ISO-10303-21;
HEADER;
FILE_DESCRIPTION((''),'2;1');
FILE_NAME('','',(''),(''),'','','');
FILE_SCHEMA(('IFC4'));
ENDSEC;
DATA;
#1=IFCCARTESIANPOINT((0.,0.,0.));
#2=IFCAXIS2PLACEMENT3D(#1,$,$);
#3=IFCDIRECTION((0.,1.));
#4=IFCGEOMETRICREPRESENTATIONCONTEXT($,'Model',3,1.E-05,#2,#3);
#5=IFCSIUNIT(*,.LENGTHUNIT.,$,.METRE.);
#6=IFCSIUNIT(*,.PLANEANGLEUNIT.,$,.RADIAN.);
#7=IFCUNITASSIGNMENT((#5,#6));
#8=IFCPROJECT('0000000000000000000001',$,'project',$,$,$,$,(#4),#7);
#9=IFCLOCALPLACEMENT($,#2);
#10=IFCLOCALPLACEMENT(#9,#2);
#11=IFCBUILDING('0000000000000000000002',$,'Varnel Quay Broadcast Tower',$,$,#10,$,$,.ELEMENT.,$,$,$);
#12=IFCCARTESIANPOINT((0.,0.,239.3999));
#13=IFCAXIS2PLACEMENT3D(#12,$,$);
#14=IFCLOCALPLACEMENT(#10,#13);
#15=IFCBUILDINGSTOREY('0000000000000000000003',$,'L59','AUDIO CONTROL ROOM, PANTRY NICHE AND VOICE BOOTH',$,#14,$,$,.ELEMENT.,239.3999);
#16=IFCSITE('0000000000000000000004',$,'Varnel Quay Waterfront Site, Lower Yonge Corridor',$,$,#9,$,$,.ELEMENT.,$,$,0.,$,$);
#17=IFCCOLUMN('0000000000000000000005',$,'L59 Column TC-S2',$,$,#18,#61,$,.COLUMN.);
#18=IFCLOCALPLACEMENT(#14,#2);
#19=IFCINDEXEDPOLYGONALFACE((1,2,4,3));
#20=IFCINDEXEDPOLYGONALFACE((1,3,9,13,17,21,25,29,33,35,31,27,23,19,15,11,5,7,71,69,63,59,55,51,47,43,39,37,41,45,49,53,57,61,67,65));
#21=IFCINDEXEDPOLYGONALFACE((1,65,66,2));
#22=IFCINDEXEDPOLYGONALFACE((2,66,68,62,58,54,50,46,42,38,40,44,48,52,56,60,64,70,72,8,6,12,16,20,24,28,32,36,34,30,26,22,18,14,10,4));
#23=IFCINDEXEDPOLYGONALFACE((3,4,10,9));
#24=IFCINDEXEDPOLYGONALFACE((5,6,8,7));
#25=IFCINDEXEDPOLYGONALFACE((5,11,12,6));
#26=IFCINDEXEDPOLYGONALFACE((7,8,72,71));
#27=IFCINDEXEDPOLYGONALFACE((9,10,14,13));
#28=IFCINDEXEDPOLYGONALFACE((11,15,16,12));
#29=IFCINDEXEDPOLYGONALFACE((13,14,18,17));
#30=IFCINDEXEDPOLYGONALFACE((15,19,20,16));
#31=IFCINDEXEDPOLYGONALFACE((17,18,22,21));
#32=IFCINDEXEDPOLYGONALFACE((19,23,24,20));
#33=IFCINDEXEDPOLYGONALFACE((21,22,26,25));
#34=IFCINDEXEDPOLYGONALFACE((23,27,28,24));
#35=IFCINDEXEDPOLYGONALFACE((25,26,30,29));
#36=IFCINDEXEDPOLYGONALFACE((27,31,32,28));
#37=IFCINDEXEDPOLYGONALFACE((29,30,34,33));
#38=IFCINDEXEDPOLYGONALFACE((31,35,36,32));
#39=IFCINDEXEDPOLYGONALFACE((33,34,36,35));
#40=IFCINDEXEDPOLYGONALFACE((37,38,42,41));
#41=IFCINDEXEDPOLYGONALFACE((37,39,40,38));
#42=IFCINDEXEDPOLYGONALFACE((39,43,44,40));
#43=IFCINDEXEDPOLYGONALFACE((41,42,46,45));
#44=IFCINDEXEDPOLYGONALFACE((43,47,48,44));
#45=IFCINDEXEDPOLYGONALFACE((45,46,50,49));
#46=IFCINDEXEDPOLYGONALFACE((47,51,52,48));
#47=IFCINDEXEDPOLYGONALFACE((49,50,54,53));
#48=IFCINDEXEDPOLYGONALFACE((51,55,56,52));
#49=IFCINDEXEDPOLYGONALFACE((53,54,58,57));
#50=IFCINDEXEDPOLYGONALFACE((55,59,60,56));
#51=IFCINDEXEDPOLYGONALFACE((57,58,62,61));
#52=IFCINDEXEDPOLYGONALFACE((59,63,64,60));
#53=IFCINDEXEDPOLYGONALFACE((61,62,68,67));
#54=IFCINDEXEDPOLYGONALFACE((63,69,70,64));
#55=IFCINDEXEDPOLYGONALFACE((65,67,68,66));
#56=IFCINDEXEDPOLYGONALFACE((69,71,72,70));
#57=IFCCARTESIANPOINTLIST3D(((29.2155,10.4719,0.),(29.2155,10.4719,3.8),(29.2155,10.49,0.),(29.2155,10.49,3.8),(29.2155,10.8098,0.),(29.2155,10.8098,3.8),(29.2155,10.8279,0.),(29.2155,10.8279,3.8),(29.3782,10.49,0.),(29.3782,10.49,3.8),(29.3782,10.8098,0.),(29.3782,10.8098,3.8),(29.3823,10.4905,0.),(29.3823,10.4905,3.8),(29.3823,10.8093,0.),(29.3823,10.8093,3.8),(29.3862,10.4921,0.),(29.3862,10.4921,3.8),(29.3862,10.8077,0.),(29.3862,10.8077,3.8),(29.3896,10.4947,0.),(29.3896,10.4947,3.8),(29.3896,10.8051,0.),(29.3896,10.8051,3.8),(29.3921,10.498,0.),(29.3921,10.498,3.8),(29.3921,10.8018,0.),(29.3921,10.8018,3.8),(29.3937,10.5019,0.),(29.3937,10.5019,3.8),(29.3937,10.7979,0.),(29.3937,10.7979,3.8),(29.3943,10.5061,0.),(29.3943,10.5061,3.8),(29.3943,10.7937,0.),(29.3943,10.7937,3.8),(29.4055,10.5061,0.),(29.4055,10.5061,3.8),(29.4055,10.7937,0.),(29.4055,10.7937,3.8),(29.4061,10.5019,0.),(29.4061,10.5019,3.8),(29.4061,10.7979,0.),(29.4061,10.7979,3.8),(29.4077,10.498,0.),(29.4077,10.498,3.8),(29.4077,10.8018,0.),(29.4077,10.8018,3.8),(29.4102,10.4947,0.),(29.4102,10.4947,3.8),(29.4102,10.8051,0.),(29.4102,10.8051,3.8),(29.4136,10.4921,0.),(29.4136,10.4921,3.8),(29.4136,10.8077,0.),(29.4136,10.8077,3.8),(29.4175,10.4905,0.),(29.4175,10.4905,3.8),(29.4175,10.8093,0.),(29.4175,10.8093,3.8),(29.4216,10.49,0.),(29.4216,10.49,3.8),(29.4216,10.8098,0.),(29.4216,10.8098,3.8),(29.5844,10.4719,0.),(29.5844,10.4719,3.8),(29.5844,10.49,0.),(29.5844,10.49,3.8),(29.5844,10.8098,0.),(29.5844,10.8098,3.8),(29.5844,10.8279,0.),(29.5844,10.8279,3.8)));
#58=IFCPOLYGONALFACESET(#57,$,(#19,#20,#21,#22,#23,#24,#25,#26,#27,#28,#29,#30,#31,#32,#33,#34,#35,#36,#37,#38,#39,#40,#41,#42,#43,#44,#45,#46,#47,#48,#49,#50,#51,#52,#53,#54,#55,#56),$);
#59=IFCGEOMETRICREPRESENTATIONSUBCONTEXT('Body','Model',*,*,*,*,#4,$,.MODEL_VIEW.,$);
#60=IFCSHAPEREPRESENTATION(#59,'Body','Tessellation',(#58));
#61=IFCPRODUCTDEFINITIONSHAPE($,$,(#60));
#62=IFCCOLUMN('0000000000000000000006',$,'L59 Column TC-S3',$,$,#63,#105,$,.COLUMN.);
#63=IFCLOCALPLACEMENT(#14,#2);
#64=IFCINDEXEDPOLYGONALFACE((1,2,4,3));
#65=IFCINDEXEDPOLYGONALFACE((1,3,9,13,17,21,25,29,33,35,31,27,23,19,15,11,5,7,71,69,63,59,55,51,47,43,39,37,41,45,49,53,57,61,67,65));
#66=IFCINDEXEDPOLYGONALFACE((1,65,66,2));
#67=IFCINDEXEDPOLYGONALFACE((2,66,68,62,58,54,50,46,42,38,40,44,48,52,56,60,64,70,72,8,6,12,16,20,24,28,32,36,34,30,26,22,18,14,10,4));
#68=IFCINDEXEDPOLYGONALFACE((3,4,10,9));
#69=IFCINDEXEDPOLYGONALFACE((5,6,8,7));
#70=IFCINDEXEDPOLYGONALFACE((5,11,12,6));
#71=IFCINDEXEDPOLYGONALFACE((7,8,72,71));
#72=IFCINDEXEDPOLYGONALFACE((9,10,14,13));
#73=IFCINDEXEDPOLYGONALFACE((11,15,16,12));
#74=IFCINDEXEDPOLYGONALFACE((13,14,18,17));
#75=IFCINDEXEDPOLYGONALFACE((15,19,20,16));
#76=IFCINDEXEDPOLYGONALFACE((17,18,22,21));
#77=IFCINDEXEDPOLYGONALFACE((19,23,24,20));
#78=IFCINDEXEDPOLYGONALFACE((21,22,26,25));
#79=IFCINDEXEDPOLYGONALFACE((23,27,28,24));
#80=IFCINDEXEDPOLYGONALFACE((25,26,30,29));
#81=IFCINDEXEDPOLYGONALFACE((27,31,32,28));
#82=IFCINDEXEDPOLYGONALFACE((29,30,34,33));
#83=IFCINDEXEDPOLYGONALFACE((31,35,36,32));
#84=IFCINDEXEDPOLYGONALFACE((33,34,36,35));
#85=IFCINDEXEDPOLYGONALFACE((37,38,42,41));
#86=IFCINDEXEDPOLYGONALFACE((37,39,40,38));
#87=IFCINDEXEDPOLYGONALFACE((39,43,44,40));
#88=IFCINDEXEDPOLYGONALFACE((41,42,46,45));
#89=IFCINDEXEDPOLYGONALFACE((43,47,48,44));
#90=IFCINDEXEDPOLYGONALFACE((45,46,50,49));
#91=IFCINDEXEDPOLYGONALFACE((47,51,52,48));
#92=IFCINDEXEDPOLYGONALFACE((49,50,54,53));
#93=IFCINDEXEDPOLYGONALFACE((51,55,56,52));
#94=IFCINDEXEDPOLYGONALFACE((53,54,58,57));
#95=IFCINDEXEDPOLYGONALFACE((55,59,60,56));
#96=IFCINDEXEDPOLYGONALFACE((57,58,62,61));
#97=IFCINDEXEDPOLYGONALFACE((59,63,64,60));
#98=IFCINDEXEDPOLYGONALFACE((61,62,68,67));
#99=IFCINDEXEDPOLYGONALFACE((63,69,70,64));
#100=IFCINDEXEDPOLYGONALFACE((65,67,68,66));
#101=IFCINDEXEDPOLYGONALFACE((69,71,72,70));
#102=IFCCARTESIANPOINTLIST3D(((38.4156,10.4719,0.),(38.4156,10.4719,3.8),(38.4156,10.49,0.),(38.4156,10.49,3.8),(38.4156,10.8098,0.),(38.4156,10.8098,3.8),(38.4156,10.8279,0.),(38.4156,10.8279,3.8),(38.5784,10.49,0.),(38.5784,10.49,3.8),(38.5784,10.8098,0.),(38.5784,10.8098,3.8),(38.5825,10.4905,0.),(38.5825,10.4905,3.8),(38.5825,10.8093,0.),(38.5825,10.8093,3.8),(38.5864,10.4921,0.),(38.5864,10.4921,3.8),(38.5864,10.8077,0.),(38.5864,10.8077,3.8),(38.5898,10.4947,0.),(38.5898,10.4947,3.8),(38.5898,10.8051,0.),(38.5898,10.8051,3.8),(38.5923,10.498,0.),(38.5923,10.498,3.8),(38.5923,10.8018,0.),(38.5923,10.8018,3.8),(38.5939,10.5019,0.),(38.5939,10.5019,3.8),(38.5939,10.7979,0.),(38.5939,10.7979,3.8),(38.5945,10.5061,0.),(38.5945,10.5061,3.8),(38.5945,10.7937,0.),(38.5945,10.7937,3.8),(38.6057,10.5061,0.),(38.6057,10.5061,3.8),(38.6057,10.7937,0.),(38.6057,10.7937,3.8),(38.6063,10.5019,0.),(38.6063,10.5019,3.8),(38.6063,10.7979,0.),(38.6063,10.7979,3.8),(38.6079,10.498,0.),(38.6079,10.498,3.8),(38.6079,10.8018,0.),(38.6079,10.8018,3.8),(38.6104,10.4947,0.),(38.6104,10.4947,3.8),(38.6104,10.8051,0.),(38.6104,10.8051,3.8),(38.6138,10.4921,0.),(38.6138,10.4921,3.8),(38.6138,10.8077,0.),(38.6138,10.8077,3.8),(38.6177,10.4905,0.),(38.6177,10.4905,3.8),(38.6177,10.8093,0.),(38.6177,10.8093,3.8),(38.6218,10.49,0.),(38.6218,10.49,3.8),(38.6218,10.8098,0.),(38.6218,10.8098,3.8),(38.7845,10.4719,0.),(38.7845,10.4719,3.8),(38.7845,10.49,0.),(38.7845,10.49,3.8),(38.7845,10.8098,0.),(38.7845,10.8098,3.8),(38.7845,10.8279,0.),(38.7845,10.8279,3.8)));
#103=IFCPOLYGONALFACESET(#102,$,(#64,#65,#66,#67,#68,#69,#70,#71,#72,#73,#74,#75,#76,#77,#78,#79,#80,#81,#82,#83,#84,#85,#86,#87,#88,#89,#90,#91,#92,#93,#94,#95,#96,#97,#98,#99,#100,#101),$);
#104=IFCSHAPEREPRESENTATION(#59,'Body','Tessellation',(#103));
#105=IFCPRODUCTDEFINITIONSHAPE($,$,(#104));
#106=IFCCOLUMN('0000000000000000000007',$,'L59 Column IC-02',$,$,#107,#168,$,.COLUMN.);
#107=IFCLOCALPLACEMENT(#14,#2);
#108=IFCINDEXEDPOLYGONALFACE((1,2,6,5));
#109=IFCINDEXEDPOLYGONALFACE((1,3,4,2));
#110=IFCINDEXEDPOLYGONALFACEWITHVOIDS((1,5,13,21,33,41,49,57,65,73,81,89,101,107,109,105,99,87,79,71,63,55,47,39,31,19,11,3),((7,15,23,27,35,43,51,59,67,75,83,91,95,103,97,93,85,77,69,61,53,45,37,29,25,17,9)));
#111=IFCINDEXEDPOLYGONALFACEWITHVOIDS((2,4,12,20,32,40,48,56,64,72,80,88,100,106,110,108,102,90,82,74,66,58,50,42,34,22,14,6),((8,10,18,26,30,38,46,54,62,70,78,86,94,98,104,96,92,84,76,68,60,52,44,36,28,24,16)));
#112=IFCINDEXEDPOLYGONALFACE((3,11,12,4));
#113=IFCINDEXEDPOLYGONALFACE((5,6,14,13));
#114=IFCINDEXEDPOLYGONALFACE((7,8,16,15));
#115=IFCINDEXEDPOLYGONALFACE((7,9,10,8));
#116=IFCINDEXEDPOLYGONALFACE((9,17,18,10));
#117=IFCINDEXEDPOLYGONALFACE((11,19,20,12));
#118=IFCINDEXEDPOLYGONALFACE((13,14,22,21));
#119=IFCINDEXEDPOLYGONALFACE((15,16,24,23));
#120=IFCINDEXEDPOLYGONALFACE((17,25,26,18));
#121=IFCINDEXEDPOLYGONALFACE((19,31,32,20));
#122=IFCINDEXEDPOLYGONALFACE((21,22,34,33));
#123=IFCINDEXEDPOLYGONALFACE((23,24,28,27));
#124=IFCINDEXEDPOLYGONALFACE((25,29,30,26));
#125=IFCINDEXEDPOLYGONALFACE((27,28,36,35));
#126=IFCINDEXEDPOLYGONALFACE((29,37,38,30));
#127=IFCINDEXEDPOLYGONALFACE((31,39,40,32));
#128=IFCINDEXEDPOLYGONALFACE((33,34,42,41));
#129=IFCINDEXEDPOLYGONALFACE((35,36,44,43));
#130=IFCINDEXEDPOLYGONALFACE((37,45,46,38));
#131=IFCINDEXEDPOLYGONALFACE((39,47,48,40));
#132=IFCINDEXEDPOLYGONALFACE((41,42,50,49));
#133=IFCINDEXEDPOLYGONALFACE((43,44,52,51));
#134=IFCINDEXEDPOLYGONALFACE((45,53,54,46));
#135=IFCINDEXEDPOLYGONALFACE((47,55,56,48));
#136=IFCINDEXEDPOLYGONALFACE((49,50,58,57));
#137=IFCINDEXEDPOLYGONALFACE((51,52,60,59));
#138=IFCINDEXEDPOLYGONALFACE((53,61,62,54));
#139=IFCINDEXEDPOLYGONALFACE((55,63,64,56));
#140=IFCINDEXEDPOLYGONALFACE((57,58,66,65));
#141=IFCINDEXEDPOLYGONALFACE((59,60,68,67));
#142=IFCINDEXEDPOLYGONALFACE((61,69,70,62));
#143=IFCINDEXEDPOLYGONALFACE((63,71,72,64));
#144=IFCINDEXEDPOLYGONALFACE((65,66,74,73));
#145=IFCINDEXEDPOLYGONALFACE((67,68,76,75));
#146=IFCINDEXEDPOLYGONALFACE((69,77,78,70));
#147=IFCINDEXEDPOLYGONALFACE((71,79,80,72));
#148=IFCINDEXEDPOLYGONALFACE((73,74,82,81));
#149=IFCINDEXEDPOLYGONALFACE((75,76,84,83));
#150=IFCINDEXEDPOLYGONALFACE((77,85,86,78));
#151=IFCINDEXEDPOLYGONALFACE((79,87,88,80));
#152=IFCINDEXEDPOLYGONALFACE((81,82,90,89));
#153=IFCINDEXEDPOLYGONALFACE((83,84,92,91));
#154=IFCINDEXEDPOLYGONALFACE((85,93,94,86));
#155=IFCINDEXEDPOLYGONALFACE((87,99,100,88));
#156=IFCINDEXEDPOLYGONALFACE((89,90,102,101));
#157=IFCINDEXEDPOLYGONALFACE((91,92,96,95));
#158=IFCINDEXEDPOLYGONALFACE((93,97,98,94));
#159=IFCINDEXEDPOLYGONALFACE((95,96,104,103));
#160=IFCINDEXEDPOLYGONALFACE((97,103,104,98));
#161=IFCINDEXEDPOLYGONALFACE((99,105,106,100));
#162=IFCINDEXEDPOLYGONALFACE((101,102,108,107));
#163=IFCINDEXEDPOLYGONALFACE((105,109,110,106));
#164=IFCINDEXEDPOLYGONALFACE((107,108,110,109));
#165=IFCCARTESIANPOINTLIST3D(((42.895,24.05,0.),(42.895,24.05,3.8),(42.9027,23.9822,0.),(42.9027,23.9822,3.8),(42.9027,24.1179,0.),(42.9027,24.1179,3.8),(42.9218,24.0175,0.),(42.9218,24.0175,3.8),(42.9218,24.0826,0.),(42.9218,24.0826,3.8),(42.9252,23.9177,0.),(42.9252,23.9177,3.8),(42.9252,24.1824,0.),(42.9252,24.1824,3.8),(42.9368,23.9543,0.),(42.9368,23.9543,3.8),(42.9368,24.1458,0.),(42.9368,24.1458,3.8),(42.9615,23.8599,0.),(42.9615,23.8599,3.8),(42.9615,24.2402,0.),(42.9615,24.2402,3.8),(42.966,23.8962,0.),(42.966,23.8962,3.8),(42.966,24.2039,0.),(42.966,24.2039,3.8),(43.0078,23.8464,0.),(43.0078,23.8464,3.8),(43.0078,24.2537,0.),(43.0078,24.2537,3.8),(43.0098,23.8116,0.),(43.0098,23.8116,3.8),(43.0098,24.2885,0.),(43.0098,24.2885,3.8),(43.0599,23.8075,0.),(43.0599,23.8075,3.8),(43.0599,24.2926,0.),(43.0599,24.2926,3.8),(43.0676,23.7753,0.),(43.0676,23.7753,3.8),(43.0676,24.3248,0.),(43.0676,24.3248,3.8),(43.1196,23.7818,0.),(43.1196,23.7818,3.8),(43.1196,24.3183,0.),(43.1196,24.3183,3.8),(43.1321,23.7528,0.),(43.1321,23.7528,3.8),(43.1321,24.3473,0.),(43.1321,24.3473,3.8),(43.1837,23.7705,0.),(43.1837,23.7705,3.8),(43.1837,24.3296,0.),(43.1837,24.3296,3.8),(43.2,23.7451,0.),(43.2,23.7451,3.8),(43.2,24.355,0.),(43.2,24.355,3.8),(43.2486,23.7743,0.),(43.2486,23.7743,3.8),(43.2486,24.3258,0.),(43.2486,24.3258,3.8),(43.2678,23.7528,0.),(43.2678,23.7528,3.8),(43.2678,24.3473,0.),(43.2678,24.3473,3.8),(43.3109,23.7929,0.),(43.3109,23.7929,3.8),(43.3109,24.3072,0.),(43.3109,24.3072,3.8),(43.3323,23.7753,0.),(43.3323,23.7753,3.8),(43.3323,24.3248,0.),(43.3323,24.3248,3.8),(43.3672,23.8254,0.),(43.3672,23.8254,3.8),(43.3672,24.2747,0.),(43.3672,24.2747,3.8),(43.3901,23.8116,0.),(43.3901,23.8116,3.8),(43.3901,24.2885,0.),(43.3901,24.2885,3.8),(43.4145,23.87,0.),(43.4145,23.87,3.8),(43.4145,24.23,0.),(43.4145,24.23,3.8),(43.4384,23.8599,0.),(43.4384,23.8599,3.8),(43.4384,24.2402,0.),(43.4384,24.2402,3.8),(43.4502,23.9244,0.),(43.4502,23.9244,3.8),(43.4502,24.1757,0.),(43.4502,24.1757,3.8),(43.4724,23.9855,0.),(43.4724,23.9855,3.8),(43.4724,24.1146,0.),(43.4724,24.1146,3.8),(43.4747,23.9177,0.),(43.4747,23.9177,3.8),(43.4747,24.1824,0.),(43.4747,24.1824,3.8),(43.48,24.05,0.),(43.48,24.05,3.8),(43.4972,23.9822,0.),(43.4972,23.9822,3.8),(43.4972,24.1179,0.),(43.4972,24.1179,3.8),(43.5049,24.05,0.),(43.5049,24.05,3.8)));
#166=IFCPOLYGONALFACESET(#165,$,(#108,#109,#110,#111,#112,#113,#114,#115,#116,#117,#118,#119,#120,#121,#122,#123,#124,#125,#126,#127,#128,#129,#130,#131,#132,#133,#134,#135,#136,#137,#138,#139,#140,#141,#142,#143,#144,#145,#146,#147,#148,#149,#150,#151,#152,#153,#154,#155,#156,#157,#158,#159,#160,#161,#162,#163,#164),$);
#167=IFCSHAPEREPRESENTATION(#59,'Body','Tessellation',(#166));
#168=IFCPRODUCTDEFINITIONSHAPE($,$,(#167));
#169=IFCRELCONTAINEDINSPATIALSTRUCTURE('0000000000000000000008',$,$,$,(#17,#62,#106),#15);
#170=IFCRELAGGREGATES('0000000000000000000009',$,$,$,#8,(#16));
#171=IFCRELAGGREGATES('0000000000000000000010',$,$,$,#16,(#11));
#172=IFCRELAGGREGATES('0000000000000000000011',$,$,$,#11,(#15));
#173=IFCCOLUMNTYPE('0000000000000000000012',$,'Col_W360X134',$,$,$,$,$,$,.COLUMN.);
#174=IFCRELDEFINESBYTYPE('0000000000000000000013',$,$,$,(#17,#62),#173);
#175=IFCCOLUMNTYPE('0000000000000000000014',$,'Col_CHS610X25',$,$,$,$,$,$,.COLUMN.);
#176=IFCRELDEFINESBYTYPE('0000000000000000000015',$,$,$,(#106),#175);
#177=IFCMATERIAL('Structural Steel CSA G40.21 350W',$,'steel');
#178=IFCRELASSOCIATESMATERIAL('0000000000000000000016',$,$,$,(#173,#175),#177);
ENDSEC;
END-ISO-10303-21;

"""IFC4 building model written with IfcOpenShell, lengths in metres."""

from ifc_helpers import new_model, si_unit, direction, frame, origin, origin_2d, place, context, subcontext, project, spatial, hollow_circle, i_section, extrude, source, transform, mapped, material, material_profile, profile_set, type_object, type_shapes, element, save


model = new_model("IFC4")

# Units and contexts
model_context = context("Model", 3, precision=1e-05, world=origin(), true_north=direction((0.0, 1.0)))
body_context = subcontext(model_context, "Body", "Model", "MODEL_VIEW")
ifc_project = project(units=[si_unit("LENGTHUNIT", "METRE"), si_unit("PLANEANGLEUNIT", "RADIAN")], contexts=[model_context])

# Site, building, storey
site_placement = place(None, origin())
site = spatial("IfcSite", under=ifc_project, at=site_placement, Name="Varnel Quay Waterfront Site, Lower Yonge Corridor", CompositionType="ELEMENT", RefElevation=0.0)
building_placement = place(site_placement, origin())
building = spatial("IfcBuilding", under=site, at=building_placement, Name="Varnel Quay Broadcast Tower", CompositionType="ELEMENT")
storey_placement = place(building_placement, frame((0.0, 0.0, 239.3999)))
storey = spatial("IfcBuildingStorey", under=building, at=storey_placement, Name="L59", Description="AUDIO CONTROL ROOM, PANTRY NICHE AND VOICE BOOTH", CompositionType="ELEMENT", Elevation=239.3999)

# Columns
ifc_material_1 = material(Name="Structural Steel CSA G40.21 350W", Category="steel")
ifc_material_profile_1 = material_profile(ifc_material_1, i_section(OverallWidth=0.3689, OverallDepth=0.356, WebThickness=0.0112, FlangeThickness=0.0181, FilletRadius=0.0161, at=origin_2d()), Name="W360X134")
ifc_profile_set_1 = profile_set([ifc_material_profile_1], Name="Structural Steel CSA G40.21 350W")
column_type_1 = type_object("IfcColumnType", Name="Col_W360X134", PredefinedType="COLUMN", material=ifc_profile_set_1)
shared_shape_1 = source(origin(), body_context, "Body", "SweptSolid", [
    extrude(i_section(OverallWidth=0.3689, OverallDepth=0.356, WebThickness=0.0112, FlangeThickness=0.0181, FilletRadius=0.0161, at=origin_2d()), origin(), (0.0, 0.0, 1.0), 3.8),
])
type_shapes(column_type_1, [shared_shape_1])
for number, where, z_axis, x_axis, name in (
    (1, (29.3999, 10.6499, 0.0), (0.0, 0.0, 1.0), (1.0, 0.0, 0.0), "L59 Column TC-S2"),
    (2, (38.6001, 10.6499, 0.0), (0.0, 0.0, 1.0), (1.0, 0.0, 0.0), "L59 Column TC-S3"),
):
    element("IfcColumn", number, at=place(storey_placement, frame(where, z_axis=z_axis, x_axis=x_axis)), inside=storey, type_object=column_type_1, Name=name, PredefinedType="COLUMN", context=body_context, shape_type="MappedRepresentation", body=[
        mapped(shared_shape_1, transform((0.0, 0.0, 0.0), x_axis=(1.0, 0.0, 0.0), y_axis=(0.0, 1.0, 0.0), z_axis=(0.0, 0.0, 1.0), scale=1.0)),
    ])
ifc_material_profile_2 = material_profile(ifc_material_1, hollow_circle(Radius=0.3049, WallThickness=0.0249, at=origin_2d()), Name="CHS610X25")
ifc_profile_set_2 = profile_set([ifc_material_profile_2], Name="Structural Steel CSA G40.21 350W")
column_type_2 = type_object("IfcColumnType", Name="Col_CHS610X25", PredefinedType="COLUMN", material=ifc_profile_set_2)
shared_shape_2 = source(origin(), body_context, "Body", "SweptSolid", [
    extrude(hollow_circle(Radius=0.3049, WallThickness=0.0249, at=origin_2d()), origin(), (0.0, 0.0, 1.0), 3.8),
])
type_shapes(column_type_2, [shared_shape_2])
column_placement = place(storey_placement, frame((43.2, 24.05, 0.0), z_axis=(0.0, 0.0, 1.0), x_axis=(1.0, 0.0, 0.0)))
element("IfcColumn", 3, at=column_placement, inside=storey, type_object=column_type_2, Name="L59 Column IC-02", PredefinedType="COLUMN", context=body_context, shape_type="MappedRepresentation", body=[
    mapped(shared_shape_2, transform((0.0, 0.0, 0.0), x_axis=(1.0, 0.0, 0.0), y_axis=(0.0, 1.0, 0.0), z_axis=(0.0, 0.0, 1.0), scale=1.0)),
])

save(model, "model.ifc")
